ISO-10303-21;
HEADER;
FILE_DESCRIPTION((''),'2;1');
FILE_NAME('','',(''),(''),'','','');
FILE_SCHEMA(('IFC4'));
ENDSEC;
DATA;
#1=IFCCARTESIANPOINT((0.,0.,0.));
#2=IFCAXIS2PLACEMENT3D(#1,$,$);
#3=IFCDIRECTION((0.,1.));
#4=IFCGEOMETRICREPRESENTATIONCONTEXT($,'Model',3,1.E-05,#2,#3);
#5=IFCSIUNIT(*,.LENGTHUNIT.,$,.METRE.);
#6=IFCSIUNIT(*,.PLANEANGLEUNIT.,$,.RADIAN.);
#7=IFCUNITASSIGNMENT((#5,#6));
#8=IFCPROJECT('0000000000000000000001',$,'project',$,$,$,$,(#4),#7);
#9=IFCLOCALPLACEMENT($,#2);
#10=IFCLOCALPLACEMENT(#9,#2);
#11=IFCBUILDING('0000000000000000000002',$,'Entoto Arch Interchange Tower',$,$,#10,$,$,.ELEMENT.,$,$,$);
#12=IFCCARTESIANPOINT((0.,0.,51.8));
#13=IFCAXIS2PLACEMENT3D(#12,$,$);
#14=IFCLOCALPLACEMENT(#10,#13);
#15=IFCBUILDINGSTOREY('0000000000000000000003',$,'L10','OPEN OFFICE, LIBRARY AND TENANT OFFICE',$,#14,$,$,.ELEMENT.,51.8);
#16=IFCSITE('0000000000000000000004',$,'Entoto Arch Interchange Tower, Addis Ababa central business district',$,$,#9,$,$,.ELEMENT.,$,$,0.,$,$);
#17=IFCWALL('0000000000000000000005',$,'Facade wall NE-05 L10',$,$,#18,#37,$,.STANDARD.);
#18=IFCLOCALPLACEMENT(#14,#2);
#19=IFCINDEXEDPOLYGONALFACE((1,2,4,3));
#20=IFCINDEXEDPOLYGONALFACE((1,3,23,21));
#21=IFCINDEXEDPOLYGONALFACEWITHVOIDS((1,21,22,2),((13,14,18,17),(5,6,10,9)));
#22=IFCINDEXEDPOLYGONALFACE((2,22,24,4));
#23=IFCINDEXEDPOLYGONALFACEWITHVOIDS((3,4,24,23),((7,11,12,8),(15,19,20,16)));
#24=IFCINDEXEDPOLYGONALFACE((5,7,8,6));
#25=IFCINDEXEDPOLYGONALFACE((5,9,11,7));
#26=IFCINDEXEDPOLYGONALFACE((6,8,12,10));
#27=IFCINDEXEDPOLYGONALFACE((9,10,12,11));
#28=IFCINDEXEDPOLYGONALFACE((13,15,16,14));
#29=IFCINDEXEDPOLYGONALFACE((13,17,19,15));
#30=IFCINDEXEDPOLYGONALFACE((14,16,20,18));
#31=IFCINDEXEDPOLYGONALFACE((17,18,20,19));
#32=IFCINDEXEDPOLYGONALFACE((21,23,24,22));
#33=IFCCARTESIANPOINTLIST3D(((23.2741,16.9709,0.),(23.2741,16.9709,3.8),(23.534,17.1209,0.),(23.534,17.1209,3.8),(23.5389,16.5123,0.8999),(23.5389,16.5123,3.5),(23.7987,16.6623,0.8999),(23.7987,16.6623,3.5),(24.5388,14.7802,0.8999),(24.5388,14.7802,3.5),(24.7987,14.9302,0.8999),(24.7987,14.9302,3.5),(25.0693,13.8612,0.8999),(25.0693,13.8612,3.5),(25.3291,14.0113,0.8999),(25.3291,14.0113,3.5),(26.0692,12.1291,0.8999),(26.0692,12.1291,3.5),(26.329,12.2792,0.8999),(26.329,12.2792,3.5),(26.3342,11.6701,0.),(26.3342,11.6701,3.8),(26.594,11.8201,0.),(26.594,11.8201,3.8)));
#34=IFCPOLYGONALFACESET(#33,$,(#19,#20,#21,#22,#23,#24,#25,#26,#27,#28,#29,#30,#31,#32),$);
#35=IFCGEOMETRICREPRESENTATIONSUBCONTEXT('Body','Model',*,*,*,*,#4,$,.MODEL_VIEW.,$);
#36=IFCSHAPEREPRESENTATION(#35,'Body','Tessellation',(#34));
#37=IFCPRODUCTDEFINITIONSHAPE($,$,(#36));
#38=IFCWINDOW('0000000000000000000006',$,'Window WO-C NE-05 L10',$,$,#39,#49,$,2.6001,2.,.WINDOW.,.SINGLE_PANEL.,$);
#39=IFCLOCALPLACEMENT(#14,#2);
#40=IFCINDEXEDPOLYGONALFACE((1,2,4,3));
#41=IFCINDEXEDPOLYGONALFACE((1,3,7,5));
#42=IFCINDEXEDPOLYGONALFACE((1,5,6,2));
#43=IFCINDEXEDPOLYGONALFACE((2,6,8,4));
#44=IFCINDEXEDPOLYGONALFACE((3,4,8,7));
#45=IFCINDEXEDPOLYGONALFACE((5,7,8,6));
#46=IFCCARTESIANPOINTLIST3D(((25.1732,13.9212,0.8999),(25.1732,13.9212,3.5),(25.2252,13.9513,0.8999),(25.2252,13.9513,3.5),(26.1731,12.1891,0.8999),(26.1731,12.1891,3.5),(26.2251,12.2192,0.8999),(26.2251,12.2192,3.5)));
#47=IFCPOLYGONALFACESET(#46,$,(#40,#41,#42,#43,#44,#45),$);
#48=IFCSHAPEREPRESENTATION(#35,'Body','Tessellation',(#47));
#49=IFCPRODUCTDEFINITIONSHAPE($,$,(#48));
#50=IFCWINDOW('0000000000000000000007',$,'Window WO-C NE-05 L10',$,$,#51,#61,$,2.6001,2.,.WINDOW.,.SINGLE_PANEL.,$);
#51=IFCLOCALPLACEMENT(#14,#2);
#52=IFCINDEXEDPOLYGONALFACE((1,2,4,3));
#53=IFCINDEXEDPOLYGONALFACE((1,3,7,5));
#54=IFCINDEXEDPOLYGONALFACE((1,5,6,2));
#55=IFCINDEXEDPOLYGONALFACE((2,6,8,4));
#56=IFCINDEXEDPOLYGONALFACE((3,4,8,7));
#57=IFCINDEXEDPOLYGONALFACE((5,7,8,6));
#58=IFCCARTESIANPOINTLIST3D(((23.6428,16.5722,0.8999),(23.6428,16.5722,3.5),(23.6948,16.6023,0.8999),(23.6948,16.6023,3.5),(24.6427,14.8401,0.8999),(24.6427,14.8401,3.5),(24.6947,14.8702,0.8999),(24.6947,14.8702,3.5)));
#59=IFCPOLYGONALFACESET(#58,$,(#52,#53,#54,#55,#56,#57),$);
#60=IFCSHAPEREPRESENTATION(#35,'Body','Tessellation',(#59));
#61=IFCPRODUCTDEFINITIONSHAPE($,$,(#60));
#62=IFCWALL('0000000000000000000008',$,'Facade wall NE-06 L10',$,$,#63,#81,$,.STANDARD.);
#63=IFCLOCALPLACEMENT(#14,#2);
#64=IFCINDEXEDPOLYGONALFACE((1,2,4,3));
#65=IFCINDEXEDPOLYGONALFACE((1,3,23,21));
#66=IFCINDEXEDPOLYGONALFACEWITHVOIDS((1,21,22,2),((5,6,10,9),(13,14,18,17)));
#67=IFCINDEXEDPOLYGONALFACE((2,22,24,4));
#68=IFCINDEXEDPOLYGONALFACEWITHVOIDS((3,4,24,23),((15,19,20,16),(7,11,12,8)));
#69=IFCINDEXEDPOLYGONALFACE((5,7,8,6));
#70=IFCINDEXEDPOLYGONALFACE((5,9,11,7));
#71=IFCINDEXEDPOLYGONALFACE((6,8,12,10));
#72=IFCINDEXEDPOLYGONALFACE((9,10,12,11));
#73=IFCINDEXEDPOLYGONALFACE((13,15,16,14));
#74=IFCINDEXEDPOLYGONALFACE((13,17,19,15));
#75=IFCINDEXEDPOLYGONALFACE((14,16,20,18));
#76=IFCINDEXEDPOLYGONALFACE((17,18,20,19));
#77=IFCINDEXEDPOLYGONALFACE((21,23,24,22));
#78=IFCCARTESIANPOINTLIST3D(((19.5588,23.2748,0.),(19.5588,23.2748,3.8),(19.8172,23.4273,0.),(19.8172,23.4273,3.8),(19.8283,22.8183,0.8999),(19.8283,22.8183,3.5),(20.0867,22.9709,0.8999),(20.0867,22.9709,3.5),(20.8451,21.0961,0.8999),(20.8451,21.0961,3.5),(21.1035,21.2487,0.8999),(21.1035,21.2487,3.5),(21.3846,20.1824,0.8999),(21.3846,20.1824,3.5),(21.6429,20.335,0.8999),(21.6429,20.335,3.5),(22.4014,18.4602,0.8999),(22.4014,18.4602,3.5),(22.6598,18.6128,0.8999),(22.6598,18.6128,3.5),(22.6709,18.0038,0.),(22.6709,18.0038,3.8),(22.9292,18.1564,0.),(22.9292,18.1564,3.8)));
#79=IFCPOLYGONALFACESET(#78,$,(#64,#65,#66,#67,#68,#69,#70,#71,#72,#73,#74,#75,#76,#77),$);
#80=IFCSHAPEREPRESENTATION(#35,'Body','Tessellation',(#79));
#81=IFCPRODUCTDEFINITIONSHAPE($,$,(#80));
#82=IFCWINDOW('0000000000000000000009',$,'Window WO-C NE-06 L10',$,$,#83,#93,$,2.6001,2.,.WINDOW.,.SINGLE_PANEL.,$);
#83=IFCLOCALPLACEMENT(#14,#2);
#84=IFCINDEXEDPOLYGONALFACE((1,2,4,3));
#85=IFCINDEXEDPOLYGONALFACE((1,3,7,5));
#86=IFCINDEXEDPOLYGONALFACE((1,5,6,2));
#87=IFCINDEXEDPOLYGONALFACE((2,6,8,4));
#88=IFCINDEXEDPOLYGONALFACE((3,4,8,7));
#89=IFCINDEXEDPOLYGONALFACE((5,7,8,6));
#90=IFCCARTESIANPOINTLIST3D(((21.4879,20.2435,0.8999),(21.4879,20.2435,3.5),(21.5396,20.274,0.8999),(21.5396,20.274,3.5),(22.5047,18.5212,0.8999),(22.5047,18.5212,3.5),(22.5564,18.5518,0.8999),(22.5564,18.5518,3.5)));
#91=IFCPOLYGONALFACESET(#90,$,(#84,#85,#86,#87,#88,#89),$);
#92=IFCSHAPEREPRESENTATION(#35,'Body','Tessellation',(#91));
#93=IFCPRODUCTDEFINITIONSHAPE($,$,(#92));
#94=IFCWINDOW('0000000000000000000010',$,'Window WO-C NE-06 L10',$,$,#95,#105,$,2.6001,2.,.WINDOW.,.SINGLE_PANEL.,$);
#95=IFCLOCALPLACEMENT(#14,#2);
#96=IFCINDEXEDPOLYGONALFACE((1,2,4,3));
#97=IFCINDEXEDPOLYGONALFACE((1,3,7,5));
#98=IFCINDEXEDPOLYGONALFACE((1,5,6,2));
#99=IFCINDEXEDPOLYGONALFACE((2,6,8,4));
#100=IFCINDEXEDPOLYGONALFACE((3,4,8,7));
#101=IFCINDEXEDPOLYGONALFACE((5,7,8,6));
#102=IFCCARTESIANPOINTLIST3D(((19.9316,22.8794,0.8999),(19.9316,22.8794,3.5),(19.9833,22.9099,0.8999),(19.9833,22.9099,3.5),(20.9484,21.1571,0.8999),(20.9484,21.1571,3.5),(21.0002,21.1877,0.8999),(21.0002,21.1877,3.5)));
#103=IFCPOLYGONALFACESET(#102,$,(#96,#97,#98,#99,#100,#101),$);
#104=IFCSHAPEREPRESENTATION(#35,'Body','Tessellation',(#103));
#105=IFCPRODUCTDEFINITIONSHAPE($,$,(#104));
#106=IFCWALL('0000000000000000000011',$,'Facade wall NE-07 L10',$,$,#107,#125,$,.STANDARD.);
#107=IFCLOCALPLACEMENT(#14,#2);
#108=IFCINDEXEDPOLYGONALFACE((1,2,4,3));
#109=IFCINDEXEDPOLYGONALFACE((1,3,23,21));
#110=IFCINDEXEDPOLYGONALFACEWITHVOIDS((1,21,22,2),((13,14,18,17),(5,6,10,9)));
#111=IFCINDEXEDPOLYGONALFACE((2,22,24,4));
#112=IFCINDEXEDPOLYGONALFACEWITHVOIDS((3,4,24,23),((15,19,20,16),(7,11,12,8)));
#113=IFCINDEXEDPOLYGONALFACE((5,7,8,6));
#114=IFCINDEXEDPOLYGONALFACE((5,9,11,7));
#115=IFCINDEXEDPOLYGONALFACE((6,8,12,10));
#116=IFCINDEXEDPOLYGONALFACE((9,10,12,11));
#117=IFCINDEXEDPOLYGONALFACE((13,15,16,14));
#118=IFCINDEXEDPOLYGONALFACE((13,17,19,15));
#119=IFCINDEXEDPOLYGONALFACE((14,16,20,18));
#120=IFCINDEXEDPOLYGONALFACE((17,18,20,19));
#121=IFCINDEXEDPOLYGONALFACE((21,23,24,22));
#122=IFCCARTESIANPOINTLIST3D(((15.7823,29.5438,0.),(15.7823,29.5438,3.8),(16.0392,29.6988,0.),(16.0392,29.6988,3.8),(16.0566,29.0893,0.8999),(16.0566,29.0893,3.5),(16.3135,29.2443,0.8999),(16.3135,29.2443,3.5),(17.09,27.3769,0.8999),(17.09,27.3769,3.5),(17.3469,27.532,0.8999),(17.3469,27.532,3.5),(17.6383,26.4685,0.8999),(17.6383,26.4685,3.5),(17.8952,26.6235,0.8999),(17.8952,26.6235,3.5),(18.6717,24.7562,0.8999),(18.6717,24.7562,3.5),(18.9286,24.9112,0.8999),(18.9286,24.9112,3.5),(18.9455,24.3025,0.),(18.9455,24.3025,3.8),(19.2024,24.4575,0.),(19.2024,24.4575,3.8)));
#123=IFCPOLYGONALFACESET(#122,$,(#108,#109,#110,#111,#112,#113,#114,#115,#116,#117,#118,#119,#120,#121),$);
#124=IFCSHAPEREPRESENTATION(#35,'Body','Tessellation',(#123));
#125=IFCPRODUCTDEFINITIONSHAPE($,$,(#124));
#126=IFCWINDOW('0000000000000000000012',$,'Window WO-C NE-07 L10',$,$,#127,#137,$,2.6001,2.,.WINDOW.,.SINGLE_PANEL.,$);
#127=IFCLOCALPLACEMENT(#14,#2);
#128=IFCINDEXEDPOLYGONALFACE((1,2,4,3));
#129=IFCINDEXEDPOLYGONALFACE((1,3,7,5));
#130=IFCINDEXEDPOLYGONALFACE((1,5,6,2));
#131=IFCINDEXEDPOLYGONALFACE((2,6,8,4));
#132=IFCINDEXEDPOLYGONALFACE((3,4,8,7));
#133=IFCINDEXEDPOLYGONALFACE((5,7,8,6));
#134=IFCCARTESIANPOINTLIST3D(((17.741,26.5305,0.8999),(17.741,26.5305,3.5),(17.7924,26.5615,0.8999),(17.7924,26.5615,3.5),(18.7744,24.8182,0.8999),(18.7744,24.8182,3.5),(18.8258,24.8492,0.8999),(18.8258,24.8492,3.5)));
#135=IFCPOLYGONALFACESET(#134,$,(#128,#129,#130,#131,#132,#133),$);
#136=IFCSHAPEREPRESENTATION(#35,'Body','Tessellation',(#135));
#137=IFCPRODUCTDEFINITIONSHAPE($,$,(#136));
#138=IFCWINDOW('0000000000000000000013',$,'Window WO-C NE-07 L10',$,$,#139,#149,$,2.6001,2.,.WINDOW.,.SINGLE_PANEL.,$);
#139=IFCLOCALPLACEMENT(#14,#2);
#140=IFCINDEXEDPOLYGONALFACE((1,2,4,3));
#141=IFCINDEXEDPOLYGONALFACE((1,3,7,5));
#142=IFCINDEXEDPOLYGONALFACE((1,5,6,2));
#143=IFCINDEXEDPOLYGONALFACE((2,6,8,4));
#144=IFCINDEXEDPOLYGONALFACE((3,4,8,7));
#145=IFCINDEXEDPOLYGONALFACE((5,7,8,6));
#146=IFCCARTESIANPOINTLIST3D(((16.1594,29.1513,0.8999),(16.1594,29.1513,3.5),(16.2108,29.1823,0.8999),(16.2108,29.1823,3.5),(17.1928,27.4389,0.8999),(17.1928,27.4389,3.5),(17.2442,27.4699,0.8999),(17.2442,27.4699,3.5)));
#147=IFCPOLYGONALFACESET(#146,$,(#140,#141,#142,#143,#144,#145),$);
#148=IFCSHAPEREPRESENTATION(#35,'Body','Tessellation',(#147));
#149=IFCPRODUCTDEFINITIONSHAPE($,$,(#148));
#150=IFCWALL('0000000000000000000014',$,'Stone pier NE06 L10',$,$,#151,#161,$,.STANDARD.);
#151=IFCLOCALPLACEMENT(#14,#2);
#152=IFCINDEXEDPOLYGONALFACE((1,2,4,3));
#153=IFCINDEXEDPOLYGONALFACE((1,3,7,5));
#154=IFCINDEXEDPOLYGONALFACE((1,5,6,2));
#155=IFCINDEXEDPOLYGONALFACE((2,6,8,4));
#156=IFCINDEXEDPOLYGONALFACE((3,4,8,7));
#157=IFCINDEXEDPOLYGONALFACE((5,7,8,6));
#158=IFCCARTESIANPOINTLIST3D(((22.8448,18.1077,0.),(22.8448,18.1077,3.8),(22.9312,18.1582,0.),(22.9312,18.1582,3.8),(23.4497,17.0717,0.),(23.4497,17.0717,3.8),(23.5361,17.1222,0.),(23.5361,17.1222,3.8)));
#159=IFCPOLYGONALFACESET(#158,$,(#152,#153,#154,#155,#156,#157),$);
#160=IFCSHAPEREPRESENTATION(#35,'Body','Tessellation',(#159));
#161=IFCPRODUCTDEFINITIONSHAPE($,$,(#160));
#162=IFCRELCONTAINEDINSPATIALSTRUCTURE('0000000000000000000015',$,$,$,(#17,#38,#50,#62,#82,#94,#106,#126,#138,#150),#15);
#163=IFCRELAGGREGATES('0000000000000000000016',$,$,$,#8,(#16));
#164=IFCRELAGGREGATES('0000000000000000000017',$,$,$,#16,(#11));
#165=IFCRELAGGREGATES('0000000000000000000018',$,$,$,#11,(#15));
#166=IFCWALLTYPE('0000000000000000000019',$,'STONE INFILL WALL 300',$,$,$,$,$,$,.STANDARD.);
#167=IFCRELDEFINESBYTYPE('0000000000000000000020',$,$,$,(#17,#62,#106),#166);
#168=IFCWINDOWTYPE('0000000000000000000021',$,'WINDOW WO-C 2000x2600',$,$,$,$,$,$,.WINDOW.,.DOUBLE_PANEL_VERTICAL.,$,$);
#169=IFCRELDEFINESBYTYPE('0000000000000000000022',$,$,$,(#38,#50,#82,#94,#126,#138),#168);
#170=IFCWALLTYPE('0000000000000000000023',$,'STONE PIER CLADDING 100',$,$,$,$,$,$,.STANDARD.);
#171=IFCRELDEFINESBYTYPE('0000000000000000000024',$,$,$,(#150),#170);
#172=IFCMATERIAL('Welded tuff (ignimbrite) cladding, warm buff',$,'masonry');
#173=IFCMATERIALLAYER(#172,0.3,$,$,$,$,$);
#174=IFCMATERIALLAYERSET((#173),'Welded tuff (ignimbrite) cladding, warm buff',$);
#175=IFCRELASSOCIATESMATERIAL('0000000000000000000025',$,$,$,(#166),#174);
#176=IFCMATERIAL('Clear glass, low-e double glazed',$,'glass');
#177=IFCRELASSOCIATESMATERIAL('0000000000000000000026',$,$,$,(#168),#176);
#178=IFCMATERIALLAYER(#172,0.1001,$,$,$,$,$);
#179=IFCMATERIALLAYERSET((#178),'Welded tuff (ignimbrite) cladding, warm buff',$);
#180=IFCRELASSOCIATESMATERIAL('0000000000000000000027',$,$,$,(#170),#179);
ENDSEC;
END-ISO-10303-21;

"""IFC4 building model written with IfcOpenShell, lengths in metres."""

from ifc_helpers import new_model, si_unit, direction, frame, frame_2d, origin, place, context, subcontext, project, spatial, rectangle, extrude, material, layer, layer_set, type_object, element, fill, save


model = new_model("IFC4")

# Units and contexts
model_context = context("Model", 3, precision=1e-05, world=origin(), true_north=direction((0.0, 1.0)))
body_context = subcontext(model_context, "Body", "Model", "MODEL_VIEW")
ifc_project = project(units=[si_unit("LENGTHUNIT", "METRE"), si_unit("PLANEANGLEUNIT", "RADIAN")], contexts=[model_context])

# Site, building, storey
site_placement = place(None, origin())
site = spatial("IfcSite", under=ifc_project, at=site_placement, Name="Entoto Arch Interchange Tower, Addis Ababa central business district", CompositionType="ELEMENT", RefElevation=0.0)
building_placement = place(site_placement, origin())
building = spatial("IfcBuilding", under=site, at=building_placement, Name="Entoto Arch Interchange Tower", CompositionType="ELEMENT")
storey_placement = place(building_placement, frame((0.0, 0.0, 51.8)))
storey = spatial("IfcBuildingStorey", under=building, at=storey_placement, Name="L10", Description="OPEN OFFICE, LIBRARY AND TENANT OFFICE", CompositionType="ELEMENT", Elevation=51.8)

# Walls, openings, windows
ifc_material_1 = material(Name="Welded tuff (ignimbrite) cladding, warm buff", Category="masonry")
ifc_layer_1 = layer(ifc_material_1, 0.3)
ifc_layer_set_1 = layer_set([ifc_layer_1], Name="Welded tuff (ignimbrite) cladding, warm buff")
wall_type_1 = type_object("IfcWallType", Name="STONE INFILL WALL 300", PredefinedType="STANDARD", material=ifc_layer_set_1)
wall_1_placement = place(storey_placement, frame((26.4641, 11.7451, 0.0), z_axis=(0.0, 0.0, 1.0), x_axis=(-0.499957, 0.86605, 0.0)))
wall_1 = element("IfcWall", 1, at=wall_1_placement, inside=storey, type_object=wall_type_1, Name="Facade wall NE-05 L10", PredefinedType="STANDARD", context=body_context, shape_type="SweptSolid", body=[
    extrude(rectangle(XDim=6.1206, YDim=0.3, at=frame_2d((3.0603, 0.0))), origin(), (0.0, 0.0, 1.0), 3.8),
])
opening_1_placement = place(wall_1_placement, frame((0.53, 0.0, 0.8999)))
opening_1 = element("IfcOpeningElement", 2, at=opening_1_placement, cuts=wall_1, PredefinedType="OPENING", context=body_context, shape_type="SweptSolid", body=[
    extrude(rectangle(XDim=2.0, YDim=2.6001, at=frame_2d((1.0, 1.3))), frame((0.0, 0.1602, 0.0), z_axis=(0.0, -1.0, 0.0), x_axis=(1.0, 0.0, 0.0)), (0.0, 0.0, 1.0), 0.3201),
])
opening_2_placement = place(wall_1_placement, frame((3.5911, 0.0, 0.8999)))
opening_2 = element("IfcOpeningElement", 3, at=opening_2_placement, cuts=wall_1, PredefinedType="OPENING", context=body_context, shape_type="SweptSolid", body=[
    extrude(rectangle(XDim=2.0, YDim=2.6001, at=frame_2d((1.0, 1.3))), frame((0.0, 0.1602, 0.0), z_axis=(0.0, -1.0, 0.0), x_axis=(1.0, 0.0, 0.0)), (0.0, 0.0, 1.0), 0.3201),
])
ifc_material_2 = material(Name="Clear glass, low-e double glazed", Category="glass")
window_type = type_object("IfcWindowType", Name="WINDOW WO-C 2000x2600", PartitioningType="DOUBLE_PANEL_VERTICAL", PredefinedType="WINDOW", material=ifc_material_2)
window_1_placement = place(opening_1_placement, origin())
window_1 = element("IfcWindow", 4, at=window_1_placement, inside=storey, type_object=window_type, Name="Window WO-C NE-05 L10", OverallHeight=2.6001, OverallWidth=2.0, PartitioningType="SINGLE_PANEL", PredefinedType="WINDOW", context=body_context, shape_type="SweptSolid", body=[
    extrude(rectangle(XDim=2.0, YDim=2.6001, at=frame_2d((1.0, 1.3))), frame((0.0, 0.03, 0.0), z_axis=(0.0, -1.0, 0.0), x_axis=(1.0, 0.0, 0.0)), (0.0, 0.0, 1.0), 0.0601),
])
fill(opening_1, window_1)
window_2_placement = place(opening_2_placement, origin())
window_2 = element("IfcWindow", 5, at=window_2_placement, inside=storey, type_object=window_type, Name="Window WO-C NE-05 L10", OverallHeight=2.6001, OverallWidth=2.0, PartitioningType="SINGLE_PANEL", PredefinedType="WINDOW", context=body_context, shape_type="SweptSolid", body=[
    extrude(rectangle(XDim=2.0, YDim=2.6001, at=frame_2d((1.0, 1.3))), frame((0.0, 0.03, 0.0), z_axis=(0.0, -1.0, 0.0), x_axis=(1.0, 0.0, 0.0)), (0.0, 0.0, 1.0), 0.0601),
])
fill(opening_2, window_2)
wall_2_placement = place(storey_placement, frame((22.8, 18.0801, 0.0), z_axis=(0.0, 0.0, 1.0), x_axis=(-0.508412, 0.861114, 0.0)))
wall_2 = element("IfcWall", 6, at=wall_2_placement, inside=storey, type_object=wall_type_1, Name="Facade wall NE-06 L10", PredefinedType="STANDARD", context=body_context, shape_type="SweptSolid", body=[
    extrude(rectangle(XDim=6.1211, YDim=0.3, at=frame_2d((3.0605, 0.0))), origin(), (0.0, 0.0, 1.0), 3.8),
])
opening_3_placement = place(wall_2_placement, frame((0.53, 0.0, 0.8999)))
opening_3 = element("IfcOpeningElement", 7, at=opening_3_placement, cuts=wall_2, PredefinedType="OPENING", context=body_context, shape_type="SweptSolid", body=[
    extrude(rectangle(XDim=2.0, YDim=2.6001, at=frame_2d((1.0, 1.3))), frame((0.0, 0.1602, 0.0), z_axis=(0.0, -1.0, 0.0), x_axis=(1.0, 0.0, 0.0)), (0.0, 0.0, 1.0), 0.3201),
])
opening_4_placement = place(wall_2_placement, frame((3.5911, 0.0, 0.8999)))
opening_4 = element("IfcOpeningElement", 8, at=opening_4_placement, cuts=wall_2, PredefinedType="OPENING", context=body_context, shape_type="SweptSolid", body=[
    extrude(rectangle(XDim=2.0, YDim=2.6001, at=frame_2d((1.0, 1.3))), frame((0.0, 0.1602, 0.0), z_axis=(0.0, -1.0, 0.0), x_axis=(1.0, 0.0, 0.0)), (0.0, 0.0, 1.0), 0.3201),
])
window_3_placement = place(opening_3_placement, origin())
window_3 = element("IfcWindow", 9, at=window_3_placement, inside=storey, type_object=window_type, Name="Window WO-C NE-06 L10", OverallHeight=2.6001, OverallWidth=2.0, PartitioningType="SINGLE_PANEL", PredefinedType="WINDOW", context=body_context, shape_type="SweptSolid", body=[
    extrude(rectangle(XDim=2.0, YDim=2.6001, at=frame_2d((1.0, 1.3))), frame((0.0, 0.03, 0.0), z_axis=(0.0, -1.0, 0.0), x_axis=(1.0, 0.0, 0.0)), (0.0, 0.0, 1.0), 0.0601),
])
fill(opening_3, window_3)
window_4_placement = place(opening_4_placement, origin())
window_4 = element("IfcWindow", 10, at=window_4_placement, inside=storey, type_object=window_type, Name="Window WO-C NE-06 L10", OverallHeight=2.6001, OverallWidth=2.0, PartitioningType="SINGLE_PANEL", PredefinedType="WINDOW", context=body_context, shape_type="SweptSolid", body=[
    extrude(rectangle(XDim=2.0, YDim=2.6001, at=frame_2d((1.0, 1.3))), frame((0.0, 0.03, 0.0), z_axis=(0.0, -1.0, 0.0), x_axis=(1.0, 0.0, 0.0)), (0.0, 0.0, 1.0), 0.0601),
])
fill(opening_4, window_4)
wall_3_placement = place(storey_placement, frame((19.074, 24.3799, 0.0), z_axis=(0.0, 0.0, 1.0), x_axis=(-0.516699, 0.856167, 0.0)))
wall_3 = element("IfcWall", 11, at=wall_3_placement, inside=storey, type_object=wall_type_1, Name="Facade wall NE-07 L10", PredefinedType="STANDARD", context=body_context, shape_type="SweptSolid", body=[
    extrude(rectangle(XDim=6.1218, YDim=0.3, at=frame_2d((3.061, 0.0))), origin(), (0.0, 0.0, 1.0), 3.8),
])
opening_5_placement = place(wall_3_placement, frame((0.53, 0.0, 0.8999)))
opening_5 = element("IfcOpeningElement", 12, at=opening_5_placement, cuts=wall_3, PredefinedType="OPENING", context=body_context, shape_type="SweptSolid", body=[
    extrude(rectangle(XDim=2.0, YDim=2.6001, at=frame_2d((1.0, 1.3))), frame((0.0, 0.1602, 0.0), z_axis=(0.0, -1.0, 0.0), x_axis=(1.0, 0.0, 0.0)), (0.0, 0.0, 1.0), 0.3201),
])
opening_6_placement = place(wall_3_placement, frame((3.5911, 0.0, 0.8999)))
opening_6 = element("IfcOpeningElement", 13, at=opening_6_placement, cuts=wall_3, PredefinedType="OPENING", context=body_context, shape_type="SweptSolid", body=[
    extrude(rectangle(XDim=2.0, YDim=2.6001, at=frame_2d((1.0, 1.3))), frame((0.0, 0.1602, 0.0), z_axis=(0.0, -1.0, 0.0), x_axis=(1.0, 0.0, 0.0)), (0.0, 0.0, 1.0), 0.3201),
])
window_5_placement = place(opening_5_placement, origin())
window_5 = element("IfcWindow", 14, at=window_5_placement, inside=storey, type_object=window_type, Name="Window WO-C NE-07 L10", OverallHeight=2.6001, OverallWidth=2.0, PartitioningType="SINGLE_PANEL", PredefinedType="WINDOW", context=body_context, shape_type="SweptSolid", body=[
    extrude(rectangle(XDim=2.0, YDim=2.6001, at=frame_2d((1.0, 1.3))), frame((0.0, 0.03, 0.0), z_axis=(0.0, -1.0, 0.0), x_axis=(1.0, 0.0, 0.0)), (0.0, 0.0, 1.0), 0.0601),
])
fill(opening_5, window_5)
window_6_placement = place(opening_6_placement, origin())
window_6 = element("IfcWindow", 15, at=window_6_placement, inside=storey, type_object=window_type, Name="Window WO-C NE-07 L10", OverallHeight=2.6001, OverallWidth=2.0, PartitioningType="SINGLE_PANEL", PredefinedType="WINDOW", context=body_context, shape_type="SweptSolid", body=[
    extrude(rectangle(XDim=2.0, YDim=2.6001, at=frame_2d((1.0, 1.3))), frame((0.0, 0.03, 0.0), z_axis=(0.0, -1.0, 0.0), x_axis=(1.0, 0.0, 0.0)), (0.0, 0.0, 1.0), 0.0601),
])
fill(opening_6, window_6)

# Wall
ifc_layer_2 = layer(ifc_material_1, 0.1001)
ifc_layer_set_2 = layer_set([ifc_layer_2], Name="Welded tuff (ignimbrite) cladding, warm buff")
wall_type_2 = type_object("IfcWallType", Name="STONE PIER CLADDING 100", PredefinedType="STANDARD", material=ifc_layer_set_2)
wall_4_placement = place(storey_placement, frame((23.4929, 17.0969, 0.0), z_axis=(0.0, 0.0, 1.0), x_axis=(-0.504225, 0.863572, 0.0)))
element("IfcWall", 16, at=wall_4_placement, inside=storey, type_object=wall_type_2, Name="Stone pier NE06 L10", PredefinedType="STANDARD", context=body_context, shape_type="SweptSolid", body=[
    extrude(rectangle(XDim=1.1997, YDim=0.1001, at=frame_2d((0.5999, 0.0))), origin(), (0.0, 0.0, 1.0), 3.8),
])

save(model, "model.ifc")
